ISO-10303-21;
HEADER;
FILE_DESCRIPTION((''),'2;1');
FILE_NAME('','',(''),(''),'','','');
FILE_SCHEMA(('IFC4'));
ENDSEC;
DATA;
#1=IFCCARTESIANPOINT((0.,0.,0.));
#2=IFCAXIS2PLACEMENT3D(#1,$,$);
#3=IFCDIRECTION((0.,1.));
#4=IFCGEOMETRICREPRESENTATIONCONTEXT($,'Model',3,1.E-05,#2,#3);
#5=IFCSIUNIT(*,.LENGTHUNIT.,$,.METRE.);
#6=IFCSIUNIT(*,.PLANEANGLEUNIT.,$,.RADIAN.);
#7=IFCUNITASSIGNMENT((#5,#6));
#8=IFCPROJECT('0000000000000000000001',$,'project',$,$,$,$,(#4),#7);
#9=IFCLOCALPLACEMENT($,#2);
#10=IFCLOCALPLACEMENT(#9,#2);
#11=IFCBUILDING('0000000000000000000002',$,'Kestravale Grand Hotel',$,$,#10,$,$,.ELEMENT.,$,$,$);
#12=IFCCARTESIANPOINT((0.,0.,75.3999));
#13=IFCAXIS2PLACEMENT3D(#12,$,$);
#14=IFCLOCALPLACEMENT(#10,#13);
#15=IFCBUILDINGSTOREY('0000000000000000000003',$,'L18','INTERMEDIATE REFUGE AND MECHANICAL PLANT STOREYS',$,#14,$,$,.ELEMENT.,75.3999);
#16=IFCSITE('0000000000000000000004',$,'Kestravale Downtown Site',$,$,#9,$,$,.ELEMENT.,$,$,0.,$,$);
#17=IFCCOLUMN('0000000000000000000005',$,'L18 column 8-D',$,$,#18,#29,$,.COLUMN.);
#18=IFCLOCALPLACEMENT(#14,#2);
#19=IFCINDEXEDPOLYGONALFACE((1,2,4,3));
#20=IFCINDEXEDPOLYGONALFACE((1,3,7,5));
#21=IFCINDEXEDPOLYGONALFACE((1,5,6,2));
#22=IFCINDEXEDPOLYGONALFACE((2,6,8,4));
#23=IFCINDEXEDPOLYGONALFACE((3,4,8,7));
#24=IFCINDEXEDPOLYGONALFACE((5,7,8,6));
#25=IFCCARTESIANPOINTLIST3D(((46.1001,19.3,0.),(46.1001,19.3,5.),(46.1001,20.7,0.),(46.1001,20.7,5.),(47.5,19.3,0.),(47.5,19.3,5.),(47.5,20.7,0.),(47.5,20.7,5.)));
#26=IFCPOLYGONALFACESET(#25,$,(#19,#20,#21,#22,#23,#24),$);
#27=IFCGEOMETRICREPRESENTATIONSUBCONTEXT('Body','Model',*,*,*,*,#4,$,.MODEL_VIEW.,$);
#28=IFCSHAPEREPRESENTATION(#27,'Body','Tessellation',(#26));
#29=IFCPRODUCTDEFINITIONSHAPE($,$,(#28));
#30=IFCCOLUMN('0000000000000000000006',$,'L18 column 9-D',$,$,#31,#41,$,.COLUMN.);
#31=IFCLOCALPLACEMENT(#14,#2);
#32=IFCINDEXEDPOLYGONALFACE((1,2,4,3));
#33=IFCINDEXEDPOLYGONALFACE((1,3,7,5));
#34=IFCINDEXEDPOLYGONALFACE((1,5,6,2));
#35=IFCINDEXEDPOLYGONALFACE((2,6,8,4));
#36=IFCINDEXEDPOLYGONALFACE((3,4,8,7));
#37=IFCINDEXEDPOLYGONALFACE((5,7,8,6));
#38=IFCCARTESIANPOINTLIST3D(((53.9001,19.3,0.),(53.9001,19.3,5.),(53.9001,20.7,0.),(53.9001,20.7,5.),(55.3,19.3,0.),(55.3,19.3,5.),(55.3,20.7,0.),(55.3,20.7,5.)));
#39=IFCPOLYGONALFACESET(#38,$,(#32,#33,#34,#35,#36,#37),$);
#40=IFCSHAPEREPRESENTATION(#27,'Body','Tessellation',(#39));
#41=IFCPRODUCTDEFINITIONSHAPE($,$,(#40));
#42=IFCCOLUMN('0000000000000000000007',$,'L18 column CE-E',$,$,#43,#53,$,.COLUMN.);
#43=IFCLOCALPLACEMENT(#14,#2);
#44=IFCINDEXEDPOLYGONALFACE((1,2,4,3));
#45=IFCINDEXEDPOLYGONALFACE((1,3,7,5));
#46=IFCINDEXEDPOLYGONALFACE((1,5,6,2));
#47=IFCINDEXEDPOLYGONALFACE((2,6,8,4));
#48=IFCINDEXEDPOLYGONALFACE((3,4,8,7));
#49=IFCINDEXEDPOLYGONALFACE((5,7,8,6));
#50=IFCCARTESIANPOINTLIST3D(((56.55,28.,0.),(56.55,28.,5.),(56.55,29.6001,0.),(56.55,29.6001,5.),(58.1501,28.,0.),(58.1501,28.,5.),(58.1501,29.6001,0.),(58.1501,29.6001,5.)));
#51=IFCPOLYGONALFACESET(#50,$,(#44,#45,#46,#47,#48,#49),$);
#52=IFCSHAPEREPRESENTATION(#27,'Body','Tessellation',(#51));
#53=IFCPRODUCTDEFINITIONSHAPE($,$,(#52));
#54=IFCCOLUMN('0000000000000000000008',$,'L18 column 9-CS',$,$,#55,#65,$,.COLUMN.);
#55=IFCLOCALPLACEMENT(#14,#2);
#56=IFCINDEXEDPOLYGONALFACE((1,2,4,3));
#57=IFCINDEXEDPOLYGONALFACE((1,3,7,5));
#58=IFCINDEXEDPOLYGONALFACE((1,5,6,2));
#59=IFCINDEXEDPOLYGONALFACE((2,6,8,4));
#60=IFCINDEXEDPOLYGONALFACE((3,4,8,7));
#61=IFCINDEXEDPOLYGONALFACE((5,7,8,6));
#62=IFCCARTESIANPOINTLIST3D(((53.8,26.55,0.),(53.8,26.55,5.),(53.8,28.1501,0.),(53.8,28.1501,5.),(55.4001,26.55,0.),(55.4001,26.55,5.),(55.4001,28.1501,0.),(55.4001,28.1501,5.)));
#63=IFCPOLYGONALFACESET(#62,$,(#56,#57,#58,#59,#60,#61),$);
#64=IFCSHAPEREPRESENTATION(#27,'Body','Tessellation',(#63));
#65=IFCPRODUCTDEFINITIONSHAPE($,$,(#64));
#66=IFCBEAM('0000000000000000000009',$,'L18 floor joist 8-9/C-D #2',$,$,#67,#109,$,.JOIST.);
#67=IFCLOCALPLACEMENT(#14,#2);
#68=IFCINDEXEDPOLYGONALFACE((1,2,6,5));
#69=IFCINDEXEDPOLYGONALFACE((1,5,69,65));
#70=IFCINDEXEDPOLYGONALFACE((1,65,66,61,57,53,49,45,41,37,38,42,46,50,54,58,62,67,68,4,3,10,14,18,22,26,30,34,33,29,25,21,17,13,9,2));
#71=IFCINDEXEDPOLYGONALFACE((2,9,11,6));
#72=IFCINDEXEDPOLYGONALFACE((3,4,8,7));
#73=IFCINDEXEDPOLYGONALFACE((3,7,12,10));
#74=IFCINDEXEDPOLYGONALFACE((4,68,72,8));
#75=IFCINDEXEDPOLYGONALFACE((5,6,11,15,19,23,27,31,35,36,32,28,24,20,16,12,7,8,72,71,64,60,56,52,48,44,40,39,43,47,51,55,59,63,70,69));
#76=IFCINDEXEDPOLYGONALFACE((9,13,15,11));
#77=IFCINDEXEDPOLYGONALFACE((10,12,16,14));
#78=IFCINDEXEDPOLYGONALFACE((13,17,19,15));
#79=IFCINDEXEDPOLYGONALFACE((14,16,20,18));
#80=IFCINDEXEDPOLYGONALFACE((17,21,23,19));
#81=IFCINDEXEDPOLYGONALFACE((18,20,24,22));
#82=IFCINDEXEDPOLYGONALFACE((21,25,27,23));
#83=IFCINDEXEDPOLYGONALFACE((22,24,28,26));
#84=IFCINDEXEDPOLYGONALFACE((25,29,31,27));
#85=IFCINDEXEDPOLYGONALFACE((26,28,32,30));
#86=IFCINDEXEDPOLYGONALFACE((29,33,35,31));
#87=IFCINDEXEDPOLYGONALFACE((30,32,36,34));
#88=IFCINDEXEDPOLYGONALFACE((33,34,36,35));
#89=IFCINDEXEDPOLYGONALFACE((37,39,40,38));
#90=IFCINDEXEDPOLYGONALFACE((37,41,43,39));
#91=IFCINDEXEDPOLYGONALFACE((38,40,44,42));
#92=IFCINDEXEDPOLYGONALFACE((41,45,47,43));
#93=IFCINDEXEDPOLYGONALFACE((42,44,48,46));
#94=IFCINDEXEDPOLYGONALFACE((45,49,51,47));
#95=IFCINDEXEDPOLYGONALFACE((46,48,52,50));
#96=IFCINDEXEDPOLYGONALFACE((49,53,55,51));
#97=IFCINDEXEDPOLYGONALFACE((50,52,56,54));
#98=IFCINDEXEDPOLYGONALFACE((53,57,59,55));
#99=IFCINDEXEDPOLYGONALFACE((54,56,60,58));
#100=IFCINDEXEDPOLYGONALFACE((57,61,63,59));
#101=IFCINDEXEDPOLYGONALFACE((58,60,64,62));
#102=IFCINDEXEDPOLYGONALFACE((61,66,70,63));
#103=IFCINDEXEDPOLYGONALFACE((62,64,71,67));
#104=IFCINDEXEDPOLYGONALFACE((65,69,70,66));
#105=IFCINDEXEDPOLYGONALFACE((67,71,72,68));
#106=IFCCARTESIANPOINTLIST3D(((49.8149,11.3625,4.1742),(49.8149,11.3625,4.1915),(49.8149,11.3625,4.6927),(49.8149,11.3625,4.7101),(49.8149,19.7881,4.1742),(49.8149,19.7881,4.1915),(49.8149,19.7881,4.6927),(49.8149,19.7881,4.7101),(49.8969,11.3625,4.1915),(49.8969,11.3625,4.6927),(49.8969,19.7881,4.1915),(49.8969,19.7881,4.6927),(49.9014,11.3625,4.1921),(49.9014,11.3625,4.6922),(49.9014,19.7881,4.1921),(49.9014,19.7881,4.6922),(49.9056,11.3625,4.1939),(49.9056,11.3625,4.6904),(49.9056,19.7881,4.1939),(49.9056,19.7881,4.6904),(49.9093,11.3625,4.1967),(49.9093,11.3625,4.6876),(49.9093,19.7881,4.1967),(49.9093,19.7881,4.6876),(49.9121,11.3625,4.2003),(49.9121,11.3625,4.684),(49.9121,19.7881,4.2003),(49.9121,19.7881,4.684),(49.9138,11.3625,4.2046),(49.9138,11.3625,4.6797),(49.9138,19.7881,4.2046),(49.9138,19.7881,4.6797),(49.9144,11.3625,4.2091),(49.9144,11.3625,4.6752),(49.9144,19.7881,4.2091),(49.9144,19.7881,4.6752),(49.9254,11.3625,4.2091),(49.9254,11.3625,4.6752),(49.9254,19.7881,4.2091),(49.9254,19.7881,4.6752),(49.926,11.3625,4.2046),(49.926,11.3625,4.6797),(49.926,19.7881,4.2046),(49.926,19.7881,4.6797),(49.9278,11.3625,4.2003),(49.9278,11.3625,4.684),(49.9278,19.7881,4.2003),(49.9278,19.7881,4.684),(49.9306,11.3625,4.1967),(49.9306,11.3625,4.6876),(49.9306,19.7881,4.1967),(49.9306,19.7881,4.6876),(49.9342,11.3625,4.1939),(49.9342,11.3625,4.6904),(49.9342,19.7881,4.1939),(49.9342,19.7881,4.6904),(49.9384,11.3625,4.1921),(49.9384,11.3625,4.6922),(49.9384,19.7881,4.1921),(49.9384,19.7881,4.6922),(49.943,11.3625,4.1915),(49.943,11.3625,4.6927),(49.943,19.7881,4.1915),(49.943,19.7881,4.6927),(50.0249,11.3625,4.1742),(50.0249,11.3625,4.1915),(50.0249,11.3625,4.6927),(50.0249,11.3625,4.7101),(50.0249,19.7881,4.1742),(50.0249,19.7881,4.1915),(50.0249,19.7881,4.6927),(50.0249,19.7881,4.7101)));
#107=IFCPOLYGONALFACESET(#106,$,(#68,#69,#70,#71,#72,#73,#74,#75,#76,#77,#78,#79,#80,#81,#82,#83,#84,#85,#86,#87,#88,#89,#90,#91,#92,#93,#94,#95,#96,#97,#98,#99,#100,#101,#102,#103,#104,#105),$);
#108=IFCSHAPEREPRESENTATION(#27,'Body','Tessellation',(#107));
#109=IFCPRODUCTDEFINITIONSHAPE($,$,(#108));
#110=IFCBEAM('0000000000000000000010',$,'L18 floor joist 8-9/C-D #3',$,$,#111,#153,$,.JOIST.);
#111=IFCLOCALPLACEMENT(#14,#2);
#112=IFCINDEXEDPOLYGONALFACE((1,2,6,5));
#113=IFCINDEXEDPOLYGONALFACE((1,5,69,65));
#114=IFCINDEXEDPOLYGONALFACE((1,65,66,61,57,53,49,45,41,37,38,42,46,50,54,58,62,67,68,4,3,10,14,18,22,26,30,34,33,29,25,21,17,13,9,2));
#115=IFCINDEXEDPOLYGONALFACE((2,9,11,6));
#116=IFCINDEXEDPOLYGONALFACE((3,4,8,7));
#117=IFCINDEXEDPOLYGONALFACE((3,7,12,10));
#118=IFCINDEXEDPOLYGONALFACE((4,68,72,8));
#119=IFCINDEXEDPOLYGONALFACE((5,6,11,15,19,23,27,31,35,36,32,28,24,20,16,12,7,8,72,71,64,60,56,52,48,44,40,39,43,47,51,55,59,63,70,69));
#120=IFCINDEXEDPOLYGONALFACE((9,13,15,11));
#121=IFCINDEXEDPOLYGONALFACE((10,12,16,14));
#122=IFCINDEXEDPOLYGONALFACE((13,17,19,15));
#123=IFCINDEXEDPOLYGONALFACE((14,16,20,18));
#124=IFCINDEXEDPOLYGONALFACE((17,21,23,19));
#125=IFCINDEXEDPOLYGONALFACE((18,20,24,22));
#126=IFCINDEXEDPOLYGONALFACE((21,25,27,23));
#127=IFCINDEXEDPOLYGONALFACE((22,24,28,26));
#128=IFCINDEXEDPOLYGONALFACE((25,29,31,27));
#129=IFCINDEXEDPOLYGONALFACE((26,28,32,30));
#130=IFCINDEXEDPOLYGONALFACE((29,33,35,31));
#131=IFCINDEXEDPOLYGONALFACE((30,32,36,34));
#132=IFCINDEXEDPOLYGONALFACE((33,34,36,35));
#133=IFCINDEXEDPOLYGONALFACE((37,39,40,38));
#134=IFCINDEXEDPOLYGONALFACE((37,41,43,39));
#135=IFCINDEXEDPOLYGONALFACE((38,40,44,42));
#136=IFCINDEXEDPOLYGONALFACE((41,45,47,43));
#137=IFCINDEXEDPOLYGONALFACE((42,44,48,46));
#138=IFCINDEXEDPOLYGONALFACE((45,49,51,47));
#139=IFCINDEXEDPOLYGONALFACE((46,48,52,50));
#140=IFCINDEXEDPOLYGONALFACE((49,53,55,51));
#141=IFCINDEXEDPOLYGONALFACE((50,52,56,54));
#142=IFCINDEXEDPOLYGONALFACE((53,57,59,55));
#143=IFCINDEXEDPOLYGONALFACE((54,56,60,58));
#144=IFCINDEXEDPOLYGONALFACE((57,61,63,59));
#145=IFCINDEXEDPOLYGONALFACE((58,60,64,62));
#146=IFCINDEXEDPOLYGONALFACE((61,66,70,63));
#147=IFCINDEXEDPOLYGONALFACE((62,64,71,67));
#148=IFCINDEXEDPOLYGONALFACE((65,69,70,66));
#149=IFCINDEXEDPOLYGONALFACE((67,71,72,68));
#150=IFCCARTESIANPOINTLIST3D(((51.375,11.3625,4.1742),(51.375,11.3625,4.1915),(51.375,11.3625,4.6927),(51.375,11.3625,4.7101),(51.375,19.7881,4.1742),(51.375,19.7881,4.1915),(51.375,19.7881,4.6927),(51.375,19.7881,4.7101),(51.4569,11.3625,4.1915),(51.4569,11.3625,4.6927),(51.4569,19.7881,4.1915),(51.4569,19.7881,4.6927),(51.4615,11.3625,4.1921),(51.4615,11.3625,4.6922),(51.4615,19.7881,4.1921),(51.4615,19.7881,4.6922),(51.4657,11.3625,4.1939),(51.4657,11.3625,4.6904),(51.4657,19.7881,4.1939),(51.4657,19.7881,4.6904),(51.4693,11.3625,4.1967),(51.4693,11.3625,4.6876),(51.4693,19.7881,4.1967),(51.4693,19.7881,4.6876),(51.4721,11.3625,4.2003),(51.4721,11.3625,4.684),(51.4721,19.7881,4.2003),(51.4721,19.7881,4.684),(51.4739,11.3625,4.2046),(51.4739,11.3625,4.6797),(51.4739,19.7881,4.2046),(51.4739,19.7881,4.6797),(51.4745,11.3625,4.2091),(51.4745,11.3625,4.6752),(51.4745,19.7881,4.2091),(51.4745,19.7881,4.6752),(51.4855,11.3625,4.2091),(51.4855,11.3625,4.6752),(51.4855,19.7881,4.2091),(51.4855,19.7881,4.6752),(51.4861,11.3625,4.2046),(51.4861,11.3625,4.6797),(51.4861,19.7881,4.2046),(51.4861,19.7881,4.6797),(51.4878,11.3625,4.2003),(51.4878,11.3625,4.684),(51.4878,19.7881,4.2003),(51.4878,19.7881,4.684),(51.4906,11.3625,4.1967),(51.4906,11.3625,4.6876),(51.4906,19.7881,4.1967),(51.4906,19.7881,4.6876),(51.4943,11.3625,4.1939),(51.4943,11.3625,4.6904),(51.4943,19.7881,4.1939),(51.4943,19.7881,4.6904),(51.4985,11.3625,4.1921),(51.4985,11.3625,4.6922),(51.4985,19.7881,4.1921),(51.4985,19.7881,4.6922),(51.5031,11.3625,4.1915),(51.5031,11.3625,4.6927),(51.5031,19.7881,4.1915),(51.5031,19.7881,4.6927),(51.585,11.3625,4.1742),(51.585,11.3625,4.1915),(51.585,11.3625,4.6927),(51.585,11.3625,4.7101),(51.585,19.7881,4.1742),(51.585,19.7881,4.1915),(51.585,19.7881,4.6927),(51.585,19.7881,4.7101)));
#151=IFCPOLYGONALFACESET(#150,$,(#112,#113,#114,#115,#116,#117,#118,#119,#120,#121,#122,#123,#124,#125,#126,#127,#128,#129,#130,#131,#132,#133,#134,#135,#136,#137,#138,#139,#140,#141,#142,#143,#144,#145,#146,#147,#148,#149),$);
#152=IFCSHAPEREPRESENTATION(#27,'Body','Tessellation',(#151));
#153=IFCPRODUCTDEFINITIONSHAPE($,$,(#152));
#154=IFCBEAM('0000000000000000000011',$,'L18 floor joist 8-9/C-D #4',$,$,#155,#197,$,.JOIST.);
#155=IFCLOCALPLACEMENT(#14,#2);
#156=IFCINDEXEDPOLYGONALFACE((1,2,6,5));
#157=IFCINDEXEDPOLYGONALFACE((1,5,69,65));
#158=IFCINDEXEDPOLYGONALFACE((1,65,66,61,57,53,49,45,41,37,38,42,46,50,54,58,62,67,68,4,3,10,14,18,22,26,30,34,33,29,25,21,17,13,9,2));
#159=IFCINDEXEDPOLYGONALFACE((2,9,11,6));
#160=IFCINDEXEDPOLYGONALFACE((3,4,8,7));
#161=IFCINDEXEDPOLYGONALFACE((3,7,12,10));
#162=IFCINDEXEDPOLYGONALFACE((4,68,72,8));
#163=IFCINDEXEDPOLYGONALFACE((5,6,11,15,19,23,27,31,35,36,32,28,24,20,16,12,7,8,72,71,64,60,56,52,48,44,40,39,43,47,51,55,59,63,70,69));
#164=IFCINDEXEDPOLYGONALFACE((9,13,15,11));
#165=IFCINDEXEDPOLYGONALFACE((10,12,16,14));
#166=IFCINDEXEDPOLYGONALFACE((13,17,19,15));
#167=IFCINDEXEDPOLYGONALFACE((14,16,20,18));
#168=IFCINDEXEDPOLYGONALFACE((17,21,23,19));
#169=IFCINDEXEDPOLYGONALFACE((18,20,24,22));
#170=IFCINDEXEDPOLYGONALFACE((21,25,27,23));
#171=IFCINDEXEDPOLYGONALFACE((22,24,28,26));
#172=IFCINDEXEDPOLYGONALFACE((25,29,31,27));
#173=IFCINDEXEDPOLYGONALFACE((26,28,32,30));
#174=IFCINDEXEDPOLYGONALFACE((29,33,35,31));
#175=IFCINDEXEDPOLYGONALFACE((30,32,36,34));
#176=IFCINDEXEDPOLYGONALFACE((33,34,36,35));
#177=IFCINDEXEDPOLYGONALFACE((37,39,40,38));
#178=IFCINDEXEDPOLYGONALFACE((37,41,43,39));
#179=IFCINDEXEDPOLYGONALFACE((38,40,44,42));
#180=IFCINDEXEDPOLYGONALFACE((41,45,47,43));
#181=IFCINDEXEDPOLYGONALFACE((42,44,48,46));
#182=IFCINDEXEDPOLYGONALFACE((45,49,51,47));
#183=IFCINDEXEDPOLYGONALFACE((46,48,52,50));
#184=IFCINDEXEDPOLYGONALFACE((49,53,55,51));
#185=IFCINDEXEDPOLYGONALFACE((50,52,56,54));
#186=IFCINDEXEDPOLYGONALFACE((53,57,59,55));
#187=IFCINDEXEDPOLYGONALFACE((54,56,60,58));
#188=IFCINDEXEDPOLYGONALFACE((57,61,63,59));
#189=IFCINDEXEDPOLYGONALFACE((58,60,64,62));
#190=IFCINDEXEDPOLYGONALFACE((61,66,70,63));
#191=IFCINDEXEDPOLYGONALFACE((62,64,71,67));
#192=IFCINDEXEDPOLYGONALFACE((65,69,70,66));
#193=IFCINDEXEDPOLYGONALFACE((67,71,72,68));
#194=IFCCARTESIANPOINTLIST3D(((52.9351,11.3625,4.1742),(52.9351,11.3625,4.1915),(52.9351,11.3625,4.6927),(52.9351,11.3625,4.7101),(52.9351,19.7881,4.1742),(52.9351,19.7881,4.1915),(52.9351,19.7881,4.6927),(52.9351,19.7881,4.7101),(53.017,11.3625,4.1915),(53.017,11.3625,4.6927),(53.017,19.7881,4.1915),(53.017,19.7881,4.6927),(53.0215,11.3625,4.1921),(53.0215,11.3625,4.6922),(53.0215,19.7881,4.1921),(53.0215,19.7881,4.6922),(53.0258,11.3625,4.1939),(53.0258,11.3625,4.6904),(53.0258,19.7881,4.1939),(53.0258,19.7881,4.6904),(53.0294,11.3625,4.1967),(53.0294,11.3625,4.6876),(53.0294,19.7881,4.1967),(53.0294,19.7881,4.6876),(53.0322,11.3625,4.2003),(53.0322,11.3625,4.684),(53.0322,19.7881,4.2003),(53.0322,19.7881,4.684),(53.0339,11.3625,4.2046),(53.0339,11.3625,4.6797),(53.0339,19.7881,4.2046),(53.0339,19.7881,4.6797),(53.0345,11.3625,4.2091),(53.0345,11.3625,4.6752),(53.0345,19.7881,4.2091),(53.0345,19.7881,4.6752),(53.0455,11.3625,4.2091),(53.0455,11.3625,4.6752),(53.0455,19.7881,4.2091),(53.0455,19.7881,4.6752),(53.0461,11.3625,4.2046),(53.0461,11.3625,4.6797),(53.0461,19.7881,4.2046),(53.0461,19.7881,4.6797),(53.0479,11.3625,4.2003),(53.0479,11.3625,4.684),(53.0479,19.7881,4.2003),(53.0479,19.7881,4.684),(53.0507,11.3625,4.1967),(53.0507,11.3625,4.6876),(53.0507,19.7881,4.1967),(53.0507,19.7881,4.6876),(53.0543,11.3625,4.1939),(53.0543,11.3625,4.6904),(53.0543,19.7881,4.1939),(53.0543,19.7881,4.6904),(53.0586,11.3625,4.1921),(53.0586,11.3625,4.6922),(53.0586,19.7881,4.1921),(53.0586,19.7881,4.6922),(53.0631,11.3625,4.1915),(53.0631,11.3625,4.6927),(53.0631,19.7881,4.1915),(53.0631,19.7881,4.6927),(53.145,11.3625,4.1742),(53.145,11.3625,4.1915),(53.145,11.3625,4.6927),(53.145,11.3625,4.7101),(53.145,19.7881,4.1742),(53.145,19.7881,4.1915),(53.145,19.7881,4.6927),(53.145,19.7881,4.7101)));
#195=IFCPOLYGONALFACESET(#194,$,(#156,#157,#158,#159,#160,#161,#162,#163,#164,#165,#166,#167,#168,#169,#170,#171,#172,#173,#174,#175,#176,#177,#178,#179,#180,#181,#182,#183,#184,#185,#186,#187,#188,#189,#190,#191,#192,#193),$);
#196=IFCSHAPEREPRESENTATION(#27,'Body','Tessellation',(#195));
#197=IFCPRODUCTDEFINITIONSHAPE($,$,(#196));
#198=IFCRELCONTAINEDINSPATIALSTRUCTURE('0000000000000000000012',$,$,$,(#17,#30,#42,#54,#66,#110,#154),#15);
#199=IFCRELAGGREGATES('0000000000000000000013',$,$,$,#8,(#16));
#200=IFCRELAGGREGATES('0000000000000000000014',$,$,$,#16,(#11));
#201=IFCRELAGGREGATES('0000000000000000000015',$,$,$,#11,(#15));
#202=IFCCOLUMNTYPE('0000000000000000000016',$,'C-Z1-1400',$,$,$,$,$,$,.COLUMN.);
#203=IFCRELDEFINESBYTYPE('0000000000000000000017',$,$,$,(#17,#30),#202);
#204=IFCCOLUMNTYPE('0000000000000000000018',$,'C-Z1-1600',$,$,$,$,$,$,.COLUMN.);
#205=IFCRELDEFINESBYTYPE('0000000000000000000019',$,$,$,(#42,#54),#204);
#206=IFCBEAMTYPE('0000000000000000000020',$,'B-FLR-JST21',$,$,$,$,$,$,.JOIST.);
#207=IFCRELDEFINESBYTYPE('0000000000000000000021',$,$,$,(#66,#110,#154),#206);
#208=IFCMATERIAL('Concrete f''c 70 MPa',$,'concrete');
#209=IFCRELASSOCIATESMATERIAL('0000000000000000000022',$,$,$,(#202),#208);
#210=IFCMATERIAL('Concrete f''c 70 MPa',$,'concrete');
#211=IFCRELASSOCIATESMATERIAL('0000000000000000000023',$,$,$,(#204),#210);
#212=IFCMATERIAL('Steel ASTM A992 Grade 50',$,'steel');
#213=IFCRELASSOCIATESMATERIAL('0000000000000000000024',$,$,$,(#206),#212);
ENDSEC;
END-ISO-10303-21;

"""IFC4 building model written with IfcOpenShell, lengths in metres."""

from ifc_helpers import new_model, si_unit, direction, frame, origin, origin_2d, place, context, subcontext, project, spatial, rectangle, i_section, extrude, material, material_profile, profile_set, type_object, element, save


model = new_model("IFC4")

# Units and contexts
model_context = context("Model", 3, precision=1e-05, world=origin(), true_north=direction((0.0, 1.0)))
body_context = subcontext(model_context, "Body", "Model", "MODEL_VIEW")
ifc_project = project(units=[si_unit("LENGTHUNIT", "METRE"), si_unit("PLANEANGLEUNIT", "RADIAN")], contexts=[model_context])

# Site, building, storey
site_placement = place(None, origin())
site = spatial("IfcSite", under=ifc_project, at=site_placement, Name="Kestravale Downtown Site", CompositionType="ELEMENT", RefElevation=0.0)
building_placement = place(site_placement, origin())
building = spatial("IfcBuilding", under=site, at=building_placement, Name="Kestravale Grand Hotel", CompositionType="ELEMENT")
storey_placement = place(building_placement, frame((0.0, 0.0, 75.3999)))
storey = spatial("IfcBuildingStorey", under=building, at=storey_placement, Name="L18", Description="INTERMEDIATE REFUGE AND MECHANICAL PLANT STOREYS", CompositionType="ELEMENT", Elevation=75.3999)

# Columns
ifc_material_1 = material(Name="Concrete f'c 70 MPa", Category="concrete")
ifc_material_profile_1 = material_profile(ifc_material_1, rectangle(XDim=1.3999, YDim=1.3999, at=origin_2d()))
ifc_profile_set_1 = profile_set([ifc_material_profile_1], Name="Concrete f'c 70 MPa")
column_type_1 = type_object("IfcColumnType", Name="C-Z1-1400", PredefinedType="COLUMN", material=ifc_profile_set_1)
for number, where, z_axis, x_axis, name in (
    (1, (46.8, 20.0, 0.0), (0.0, 0.0, 1.0), (1.0, 0.0, 0.0), "L18 column 8-D"),
    (2, (54.6001, 20.0, 0.0), (0.0, 0.0, 1.0), (1.0, 0.0, 0.0), "L18 column 9-D"),
):
    element("IfcColumn", number, at=place(storey_placement, frame(where, z_axis=z_axis, x_axis=x_axis)), inside=storey, type_object=column_type_1, Name=name, PredefinedType="COLUMN", context=body_context, shape_type="SweptSolid", body=[
        extrude(rectangle(XDim=1.3999, YDim=1.3999, at=origin_2d()), origin(), (0.0, 0.0, 1.0), 5.0),
    ])
ifc_material_2 = material(Name="Concrete f'c 70 MPa", Category="concrete")
ifc_material_profile_2 = material_profile(ifc_material_2, rectangle(XDim=1.6001, YDim=1.6001, at=origin_2d()))
ifc_profile_set_2 = profile_set([ifc_material_profile_2], Name="Concrete f'c 70 MPa")
column_type_2 = type_object("IfcColumnType", Name="C-Z1-1600", PredefinedType="COLUMN", material=ifc_profile_set_2)
for number, where, z_axis, x_axis, name in (
    (3, (57.3501, 28.8, 0.0), (0.0, 0.0, 1.0), (1.0, 0.0, 0.0), "L18 column CE-E"),
    (4, (54.6001, 27.3501, 0.0), (0.0, 0.0, 1.0), (1.0, 0.0, 0.0), "L18 column 9-CS"),
):
    element("IfcColumn", number, at=place(storey_placement, frame(where, z_axis=z_axis, x_axis=x_axis)), inside=storey, type_object=column_type_2, Name=name, PredefinedType="COLUMN", context=body_context, shape_type="SweptSolid", body=[
        extrude(rectangle(XDim=1.6001, YDim=1.6001, at=origin_2d()), origin(), (0.0, 0.0, 1.0), 5.0),
    ])

# Beams
ifc_material_3 = material(Name="Steel ASTM A992 Grade 50", Category="steel")
ifc_material_profile_3 = material_profile(ifc_material_3, i_section(OverallWidth=0.21, OverallDepth=0.5359, WebThickness=0.011, FlangeThickness=0.0173, FilletRadius=0.0176, at=origin_2d()))
ifc_profile_set_3 = profile_set([ifc_material_profile_3], Name="Steel ASTM A992 Grade 50")
beam_type_1 = type_object("IfcBeamType", Name="B-FLR-JST21", PredefinedType="JOIST", material=ifc_profile_set_3)
for number, where, z_axis, x_axis, name in (
    (5, (49.9199, 11.3625, 4.4421), (0.0, 1.0, 0.0), (-1.0, 0.0, 0.0), "L18 floor joist 8-9/C-D #2"),
    (6, (51.48, 11.3625, 4.4421), (0.0, 1.0, 0.0), (-1.0, 0.0, 0.0), "L18 floor joist 8-9/C-D #3"),
    (7, (53.04, 11.3625, 4.4421), (0.0, 1.0, 0.0), (-1.0, 0.0, 0.0), "L18 floor joist 8-9/C-D #4"),
):
    element("IfcBeam", number, at=place(storey_placement, frame(where, z_axis=z_axis, x_axis=x_axis)), inside=storey, type_object=beam_type_1, Name=name, PredefinedType="JOIST", context=body_context, shape_type="SweptSolid", body=[
        extrude(i_section(OverallWidth=0.21, OverallDepth=0.5359, WebThickness=0.011, FlangeThickness=0.0173, FilletRadius=0.0176, at=origin_2d()), origin(), (0.0, 0.0, 1.0), 8.4255),
    ])

save(model, "model.ifc")
